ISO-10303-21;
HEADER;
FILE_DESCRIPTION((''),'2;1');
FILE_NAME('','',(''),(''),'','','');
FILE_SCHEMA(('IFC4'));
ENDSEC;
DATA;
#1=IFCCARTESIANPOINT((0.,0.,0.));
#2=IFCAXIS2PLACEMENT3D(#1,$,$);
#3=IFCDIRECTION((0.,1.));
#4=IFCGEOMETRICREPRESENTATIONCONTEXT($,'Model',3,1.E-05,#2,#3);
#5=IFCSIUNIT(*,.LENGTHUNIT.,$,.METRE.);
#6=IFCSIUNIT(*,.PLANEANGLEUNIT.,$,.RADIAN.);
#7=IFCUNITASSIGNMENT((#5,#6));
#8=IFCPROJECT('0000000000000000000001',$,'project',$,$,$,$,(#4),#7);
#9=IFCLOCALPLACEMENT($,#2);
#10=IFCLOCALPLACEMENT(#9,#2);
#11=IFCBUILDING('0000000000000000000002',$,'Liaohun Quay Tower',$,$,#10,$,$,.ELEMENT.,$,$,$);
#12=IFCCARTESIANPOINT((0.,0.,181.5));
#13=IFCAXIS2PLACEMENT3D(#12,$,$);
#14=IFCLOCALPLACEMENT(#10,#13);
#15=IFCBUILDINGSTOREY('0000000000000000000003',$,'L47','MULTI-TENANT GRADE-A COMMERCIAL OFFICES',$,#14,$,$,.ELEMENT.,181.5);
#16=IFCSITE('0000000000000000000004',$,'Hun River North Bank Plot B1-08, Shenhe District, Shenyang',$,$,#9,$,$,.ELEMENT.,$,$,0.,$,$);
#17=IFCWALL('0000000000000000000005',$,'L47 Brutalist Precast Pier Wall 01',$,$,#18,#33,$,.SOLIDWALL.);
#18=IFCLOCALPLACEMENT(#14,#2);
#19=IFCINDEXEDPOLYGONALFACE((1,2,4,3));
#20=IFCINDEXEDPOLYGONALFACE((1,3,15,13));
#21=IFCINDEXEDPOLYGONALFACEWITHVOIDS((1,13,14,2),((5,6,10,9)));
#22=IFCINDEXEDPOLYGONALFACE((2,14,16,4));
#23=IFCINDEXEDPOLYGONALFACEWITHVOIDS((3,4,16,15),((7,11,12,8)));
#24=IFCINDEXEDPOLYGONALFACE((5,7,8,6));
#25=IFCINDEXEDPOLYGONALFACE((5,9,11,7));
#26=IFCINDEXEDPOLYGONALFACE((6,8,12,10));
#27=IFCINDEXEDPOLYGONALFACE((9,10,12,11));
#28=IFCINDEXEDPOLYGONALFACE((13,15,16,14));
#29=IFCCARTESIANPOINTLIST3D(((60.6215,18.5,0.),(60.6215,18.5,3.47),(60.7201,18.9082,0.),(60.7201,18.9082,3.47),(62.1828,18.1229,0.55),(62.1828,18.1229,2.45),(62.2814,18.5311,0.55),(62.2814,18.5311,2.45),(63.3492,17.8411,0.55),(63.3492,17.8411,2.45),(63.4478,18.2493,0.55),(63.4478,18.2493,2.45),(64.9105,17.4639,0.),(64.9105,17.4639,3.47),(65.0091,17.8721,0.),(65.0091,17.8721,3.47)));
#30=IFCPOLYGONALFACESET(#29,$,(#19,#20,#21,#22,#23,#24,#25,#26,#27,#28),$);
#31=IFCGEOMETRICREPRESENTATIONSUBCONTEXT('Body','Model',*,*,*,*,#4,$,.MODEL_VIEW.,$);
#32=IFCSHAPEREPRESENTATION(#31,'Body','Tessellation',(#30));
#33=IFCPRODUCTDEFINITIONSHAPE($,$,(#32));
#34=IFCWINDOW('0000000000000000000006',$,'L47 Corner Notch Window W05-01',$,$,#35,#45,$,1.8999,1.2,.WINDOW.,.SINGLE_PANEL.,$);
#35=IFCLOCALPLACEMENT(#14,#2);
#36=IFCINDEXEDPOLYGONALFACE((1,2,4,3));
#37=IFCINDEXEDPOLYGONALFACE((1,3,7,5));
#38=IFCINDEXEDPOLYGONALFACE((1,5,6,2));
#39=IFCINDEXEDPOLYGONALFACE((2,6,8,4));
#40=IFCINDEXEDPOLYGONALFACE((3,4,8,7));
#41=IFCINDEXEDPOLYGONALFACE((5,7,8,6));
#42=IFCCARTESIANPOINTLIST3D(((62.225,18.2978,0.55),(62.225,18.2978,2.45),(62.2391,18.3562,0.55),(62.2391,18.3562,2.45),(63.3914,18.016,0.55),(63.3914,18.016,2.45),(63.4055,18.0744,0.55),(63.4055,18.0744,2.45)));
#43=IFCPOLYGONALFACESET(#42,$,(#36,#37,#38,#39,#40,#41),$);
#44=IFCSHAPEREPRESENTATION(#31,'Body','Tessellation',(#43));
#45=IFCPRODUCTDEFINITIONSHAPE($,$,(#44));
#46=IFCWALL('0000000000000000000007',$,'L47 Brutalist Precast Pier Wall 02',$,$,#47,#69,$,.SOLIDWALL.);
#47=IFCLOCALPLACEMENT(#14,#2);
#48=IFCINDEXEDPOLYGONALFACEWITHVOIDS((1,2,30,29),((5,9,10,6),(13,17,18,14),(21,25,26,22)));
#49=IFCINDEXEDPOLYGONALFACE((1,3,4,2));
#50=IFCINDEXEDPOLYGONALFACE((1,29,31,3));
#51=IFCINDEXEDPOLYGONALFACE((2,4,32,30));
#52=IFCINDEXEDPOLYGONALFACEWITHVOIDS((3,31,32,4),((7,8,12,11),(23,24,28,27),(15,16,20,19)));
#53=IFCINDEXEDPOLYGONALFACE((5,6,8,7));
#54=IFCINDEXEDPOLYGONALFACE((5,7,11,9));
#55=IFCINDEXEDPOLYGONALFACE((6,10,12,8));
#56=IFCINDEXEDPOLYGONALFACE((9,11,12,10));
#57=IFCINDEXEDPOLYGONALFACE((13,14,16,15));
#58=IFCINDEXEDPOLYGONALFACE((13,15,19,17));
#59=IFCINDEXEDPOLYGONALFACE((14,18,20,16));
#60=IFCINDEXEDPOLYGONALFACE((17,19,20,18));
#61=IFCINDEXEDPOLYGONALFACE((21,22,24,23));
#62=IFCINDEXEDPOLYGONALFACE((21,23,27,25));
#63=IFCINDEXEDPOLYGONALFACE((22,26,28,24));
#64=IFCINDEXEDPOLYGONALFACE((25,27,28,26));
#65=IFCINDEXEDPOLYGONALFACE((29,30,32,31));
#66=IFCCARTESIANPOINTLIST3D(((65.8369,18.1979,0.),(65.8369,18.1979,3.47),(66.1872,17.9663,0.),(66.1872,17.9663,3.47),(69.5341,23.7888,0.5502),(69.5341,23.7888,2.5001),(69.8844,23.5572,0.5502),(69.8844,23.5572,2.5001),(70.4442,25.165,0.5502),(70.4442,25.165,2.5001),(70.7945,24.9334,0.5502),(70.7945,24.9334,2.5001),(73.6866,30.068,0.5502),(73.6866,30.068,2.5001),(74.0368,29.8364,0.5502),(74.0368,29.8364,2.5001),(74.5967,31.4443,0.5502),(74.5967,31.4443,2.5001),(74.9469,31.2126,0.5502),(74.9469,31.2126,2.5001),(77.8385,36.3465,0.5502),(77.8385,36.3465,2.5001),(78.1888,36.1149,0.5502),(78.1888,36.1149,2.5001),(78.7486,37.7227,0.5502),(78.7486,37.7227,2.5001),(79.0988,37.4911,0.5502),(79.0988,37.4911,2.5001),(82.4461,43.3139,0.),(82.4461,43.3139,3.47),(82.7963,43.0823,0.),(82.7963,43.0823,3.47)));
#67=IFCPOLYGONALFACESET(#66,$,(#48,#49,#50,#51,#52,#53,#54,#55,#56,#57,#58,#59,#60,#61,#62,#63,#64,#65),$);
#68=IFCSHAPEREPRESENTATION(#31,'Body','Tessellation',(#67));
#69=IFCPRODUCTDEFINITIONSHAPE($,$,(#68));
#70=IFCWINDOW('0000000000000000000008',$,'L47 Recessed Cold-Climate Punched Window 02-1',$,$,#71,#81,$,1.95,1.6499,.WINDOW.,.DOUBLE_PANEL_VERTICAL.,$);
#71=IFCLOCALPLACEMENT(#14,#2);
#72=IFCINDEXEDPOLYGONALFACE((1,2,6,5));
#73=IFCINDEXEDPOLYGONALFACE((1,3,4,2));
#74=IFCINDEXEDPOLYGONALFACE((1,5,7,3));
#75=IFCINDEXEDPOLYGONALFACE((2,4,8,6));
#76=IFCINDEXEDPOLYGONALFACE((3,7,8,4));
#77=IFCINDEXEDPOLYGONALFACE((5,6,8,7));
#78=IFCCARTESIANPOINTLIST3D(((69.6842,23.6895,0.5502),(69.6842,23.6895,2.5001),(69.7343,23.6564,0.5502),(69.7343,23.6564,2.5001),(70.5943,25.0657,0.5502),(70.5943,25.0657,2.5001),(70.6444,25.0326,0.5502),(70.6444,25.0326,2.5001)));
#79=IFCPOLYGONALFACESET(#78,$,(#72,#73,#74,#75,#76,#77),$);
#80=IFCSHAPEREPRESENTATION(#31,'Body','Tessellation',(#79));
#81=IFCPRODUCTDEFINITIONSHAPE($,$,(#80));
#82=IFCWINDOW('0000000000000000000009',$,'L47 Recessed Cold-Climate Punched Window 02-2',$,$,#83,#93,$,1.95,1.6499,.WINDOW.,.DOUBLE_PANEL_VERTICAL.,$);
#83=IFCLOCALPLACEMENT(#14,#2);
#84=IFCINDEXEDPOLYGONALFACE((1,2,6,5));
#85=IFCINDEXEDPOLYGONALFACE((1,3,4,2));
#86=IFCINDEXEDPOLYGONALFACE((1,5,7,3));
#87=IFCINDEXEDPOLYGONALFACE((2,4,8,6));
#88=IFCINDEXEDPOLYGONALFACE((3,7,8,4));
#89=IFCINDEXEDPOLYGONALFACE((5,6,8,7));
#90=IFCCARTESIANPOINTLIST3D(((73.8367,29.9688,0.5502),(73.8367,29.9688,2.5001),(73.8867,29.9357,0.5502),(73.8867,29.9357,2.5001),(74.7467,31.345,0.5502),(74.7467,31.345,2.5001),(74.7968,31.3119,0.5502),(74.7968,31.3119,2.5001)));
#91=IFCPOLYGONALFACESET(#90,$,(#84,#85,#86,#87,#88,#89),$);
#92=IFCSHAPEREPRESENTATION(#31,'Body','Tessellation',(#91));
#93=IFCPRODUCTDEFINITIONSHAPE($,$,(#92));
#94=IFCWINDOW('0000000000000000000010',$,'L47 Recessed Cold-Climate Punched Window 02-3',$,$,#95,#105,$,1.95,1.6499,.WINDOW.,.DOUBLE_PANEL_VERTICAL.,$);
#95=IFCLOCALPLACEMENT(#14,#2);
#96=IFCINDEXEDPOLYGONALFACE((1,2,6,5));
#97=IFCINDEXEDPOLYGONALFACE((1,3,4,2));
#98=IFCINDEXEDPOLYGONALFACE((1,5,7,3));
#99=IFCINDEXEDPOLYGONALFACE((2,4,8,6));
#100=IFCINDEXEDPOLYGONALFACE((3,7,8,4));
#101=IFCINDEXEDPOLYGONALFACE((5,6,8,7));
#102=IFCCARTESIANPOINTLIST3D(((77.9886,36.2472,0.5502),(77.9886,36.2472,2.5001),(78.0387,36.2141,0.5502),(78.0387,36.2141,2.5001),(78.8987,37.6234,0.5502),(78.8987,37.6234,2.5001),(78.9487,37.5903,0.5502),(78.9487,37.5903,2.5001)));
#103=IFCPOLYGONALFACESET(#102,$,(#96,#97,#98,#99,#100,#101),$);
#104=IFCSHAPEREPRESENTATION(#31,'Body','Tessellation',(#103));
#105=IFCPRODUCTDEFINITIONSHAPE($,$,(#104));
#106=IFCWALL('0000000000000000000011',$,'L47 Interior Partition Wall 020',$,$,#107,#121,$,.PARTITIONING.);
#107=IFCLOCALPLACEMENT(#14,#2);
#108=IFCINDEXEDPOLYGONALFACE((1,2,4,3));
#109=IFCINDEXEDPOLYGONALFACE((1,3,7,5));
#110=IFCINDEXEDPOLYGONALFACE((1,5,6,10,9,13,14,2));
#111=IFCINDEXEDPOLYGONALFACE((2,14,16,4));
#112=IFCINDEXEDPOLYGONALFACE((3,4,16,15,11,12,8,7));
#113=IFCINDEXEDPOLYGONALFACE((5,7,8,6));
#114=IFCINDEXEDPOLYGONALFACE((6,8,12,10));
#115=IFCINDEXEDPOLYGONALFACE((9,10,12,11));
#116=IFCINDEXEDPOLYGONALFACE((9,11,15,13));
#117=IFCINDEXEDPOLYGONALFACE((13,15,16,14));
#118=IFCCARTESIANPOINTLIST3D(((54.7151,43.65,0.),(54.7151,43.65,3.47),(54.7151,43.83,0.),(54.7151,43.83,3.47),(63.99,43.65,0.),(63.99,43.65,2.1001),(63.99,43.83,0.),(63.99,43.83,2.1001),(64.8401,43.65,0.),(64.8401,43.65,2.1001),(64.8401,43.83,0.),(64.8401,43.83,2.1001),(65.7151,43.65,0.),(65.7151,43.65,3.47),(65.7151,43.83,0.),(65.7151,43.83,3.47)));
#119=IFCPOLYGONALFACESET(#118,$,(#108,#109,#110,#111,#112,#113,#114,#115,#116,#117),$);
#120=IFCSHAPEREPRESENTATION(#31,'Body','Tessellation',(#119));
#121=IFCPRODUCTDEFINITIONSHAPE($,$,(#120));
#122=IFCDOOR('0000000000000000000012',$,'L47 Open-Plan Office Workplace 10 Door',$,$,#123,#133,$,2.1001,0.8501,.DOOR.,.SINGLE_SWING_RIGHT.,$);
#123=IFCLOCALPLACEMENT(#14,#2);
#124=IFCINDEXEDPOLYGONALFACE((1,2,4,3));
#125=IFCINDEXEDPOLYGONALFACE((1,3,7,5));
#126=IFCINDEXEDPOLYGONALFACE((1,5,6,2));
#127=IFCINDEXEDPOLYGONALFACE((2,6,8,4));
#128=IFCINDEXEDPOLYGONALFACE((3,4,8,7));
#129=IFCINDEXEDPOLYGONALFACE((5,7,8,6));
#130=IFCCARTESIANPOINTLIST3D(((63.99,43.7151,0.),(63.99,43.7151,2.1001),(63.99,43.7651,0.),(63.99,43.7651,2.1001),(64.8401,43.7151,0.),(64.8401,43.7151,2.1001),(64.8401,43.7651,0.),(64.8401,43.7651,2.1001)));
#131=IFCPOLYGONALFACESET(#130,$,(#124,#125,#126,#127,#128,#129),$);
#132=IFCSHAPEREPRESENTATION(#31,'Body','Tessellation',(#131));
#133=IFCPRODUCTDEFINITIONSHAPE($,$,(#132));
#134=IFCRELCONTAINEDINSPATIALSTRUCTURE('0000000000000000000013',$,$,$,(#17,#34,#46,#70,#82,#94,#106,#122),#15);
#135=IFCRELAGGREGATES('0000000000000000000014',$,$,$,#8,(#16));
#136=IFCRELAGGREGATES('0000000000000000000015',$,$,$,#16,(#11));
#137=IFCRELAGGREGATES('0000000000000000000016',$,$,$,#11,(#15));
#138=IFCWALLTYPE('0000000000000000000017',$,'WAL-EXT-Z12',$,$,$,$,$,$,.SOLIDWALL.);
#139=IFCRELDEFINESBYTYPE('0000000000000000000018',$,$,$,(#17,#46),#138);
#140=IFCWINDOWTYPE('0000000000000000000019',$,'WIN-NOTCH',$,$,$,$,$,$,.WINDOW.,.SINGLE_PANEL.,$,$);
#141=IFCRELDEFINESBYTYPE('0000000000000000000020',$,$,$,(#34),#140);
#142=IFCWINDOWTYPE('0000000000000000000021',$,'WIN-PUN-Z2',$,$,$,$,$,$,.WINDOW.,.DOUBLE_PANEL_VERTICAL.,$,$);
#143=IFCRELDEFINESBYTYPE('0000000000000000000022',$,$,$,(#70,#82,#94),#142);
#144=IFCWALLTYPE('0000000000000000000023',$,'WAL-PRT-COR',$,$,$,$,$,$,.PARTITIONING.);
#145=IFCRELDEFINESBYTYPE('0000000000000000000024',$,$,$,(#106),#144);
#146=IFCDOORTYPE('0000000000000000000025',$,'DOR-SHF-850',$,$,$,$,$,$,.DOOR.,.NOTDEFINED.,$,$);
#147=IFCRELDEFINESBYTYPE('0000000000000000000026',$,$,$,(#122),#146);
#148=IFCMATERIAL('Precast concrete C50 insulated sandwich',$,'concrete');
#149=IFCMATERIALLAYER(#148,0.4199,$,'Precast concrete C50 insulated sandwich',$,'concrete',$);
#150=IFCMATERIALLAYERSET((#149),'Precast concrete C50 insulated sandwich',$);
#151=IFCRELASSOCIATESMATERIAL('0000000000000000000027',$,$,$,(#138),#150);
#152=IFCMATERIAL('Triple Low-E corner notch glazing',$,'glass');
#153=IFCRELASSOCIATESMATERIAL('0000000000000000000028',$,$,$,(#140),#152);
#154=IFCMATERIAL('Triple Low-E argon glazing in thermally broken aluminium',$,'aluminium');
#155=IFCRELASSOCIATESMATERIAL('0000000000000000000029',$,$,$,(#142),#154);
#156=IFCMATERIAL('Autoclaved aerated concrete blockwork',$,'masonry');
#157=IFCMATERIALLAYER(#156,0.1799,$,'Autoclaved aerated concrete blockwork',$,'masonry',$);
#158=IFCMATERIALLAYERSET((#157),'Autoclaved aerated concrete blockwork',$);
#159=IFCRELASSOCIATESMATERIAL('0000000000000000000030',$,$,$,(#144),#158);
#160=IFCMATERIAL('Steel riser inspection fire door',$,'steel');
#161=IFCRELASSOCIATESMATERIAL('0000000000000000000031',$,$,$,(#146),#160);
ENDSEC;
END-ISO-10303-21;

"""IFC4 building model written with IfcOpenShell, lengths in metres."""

from ifc_helpers import new_model, si_unit, direction, frame, frame_2d, origin, place, context, subcontext, project, spatial, rectangle, extrude, source, transform, mapped, material, layer, layer_set, type_object, element, fill, save


model = new_model("IFC4")

# Units and contexts
model_context = context("Model", 3, precision=1e-05, world=origin(), true_north=direction((0.0, 1.0)))
body_context = subcontext(model_context, "Body", "Model", "MODEL_VIEW")
ifc_project = project(units=[si_unit("LENGTHUNIT", "METRE"), si_unit("PLANEANGLEUNIT", "RADIAN")], contexts=[model_context])

# Site, building, storey
site_placement = place(None, origin())
site = spatial("IfcSite", under=ifc_project, at=site_placement, Name="Hun River North Bank Plot B1-08, Shenhe District, Shenyang", CompositionType="ELEMENT", RefElevation=0.0)
building_placement = place(site_placement, origin())
building = spatial("IfcBuilding", under=site, at=building_placement, Name="Liaohun Quay Tower", CompositionType="ELEMENT")
storey_placement = place(building_placement, frame((0.0, 0.0, 181.5)))
storey = spatial("IfcBuildingStorey", under=building, at=storey_placement, Name="L47", Description="MULTI-TENANT GRADE-A COMMERCIAL OFFICES", CompositionType="ELEMENT", Elevation=181.5)

# Wall, opening, window
ifc_material_1 = material(Name="Precast concrete C50 insulated sandwich", Category="concrete")
ifc_layer_1 = layer(ifc_material_1, 0.4199, Name="Precast concrete C50 insulated sandwich", Category="concrete")
ifc_layer_set_1 = layer_set([ifc_layer_1], Name="Precast concrete C50 insulated sandwich")
wall_type_1 = type_object("IfcWallType", Name="WAL-EXT-Z12", PredefinedType="SOLIDWALL", material=ifc_layer_set_1)
wall_1_placement = place(storey_placement, frame((60.6709, 18.7041, 0.0), z_axis=(0.0, 0.0, 1.0), x_axis=(0.972039, -0.234821, 0.0)))
wall_1 = element("IfcWall", 1, at=wall_1_placement, inside=storey, type_object=wall_type_1, Name="L47 Brutalist Precast Pier Wall 01", PredefinedType="SOLIDWALL", context=body_context, shape_type="SweptSolid", body=[
    extrude(rectangle(XDim=4.4124, YDim=0.4199, at=frame_2d((2.2061, 0.0))), origin(), (0.0, 0.0, 1.0), 3.47),
])
shared_shape_1 = source(origin(), body_context, "Body", "SweptSolid", [
    extrude(rectangle(XDim=1.2, YDim=1.8999, at=frame_2d((0.6001, 0.95))), frame((0.0, 0.22, 0.0), z_axis=(0.0, -1.0, 0.0), x_axis=(1.0, 0.0, 0.0)), (0.0, 0.0, 1.0), 0.4399),
])
opening_1_placement = place(wall_1_placement, frame((1.606, 0.0, 0.55)))
opening_1 = element("IfcOpeningElement", 2, at=opening_1_placement, cuts=wall_1, PredefinedType="OPENING", context=body_context, shape_type="MappedRepresentation", body=[
    mapped(shared_shape_1, transform((0.0, 0.0, 0.0), x_axis=(1.0, 0.0, 0.0), y_axis=(0.0, 1.0, 0.0), z_axis=(0.0, 0.0, 1.0), scale=1.0)),
])
ifc_material_2 = material(Name="Triple Low-E corner notch glazing", Category="glass")
window_type_1 = type_object("IfcWindowType", Name="WIN-NOTCH", PartitioningType="SINGLE_PANEL", PredefinedType="WINDOW", material=ifc_material_2)
shared_shape_2 = source(origin(), body_context, "Body", "SweptSolid", [
    extrude(rectangle(XDim=1.2, YDim=1.8999, at=frame_2d((0.6001, 0.95))), frame((0.0, 0.03, 0.0), z_axis=(0.0, -1.0, 0.0), x_axis=(1.0, 0.0, 0.0)), (0.0, 0.0, 1.0), 0.0601),
])
window_1_placement = place(opening_1_placement, origin())
window_1 = element("IfcWindow", 3, at=window_1_placement, inside=storey, type_object=window_type_1, Name="L47 Corner Notch Window W05-01", OverallHeight=1.8999, OverallWidth=1.2, PartitioningType="SINGLE_PANEL", PredefinedType="WINDOW", context=body_context, shape_type="MappedRepresentation", body=[
    mapped(shared_shape_2, transform((0.0, 0.0, 0.0), x_axis=(1.0, 0.0, 0.0), y_axis=(0.0, 1.0, 0.0), z_axis=(0.0, 0.0, 1.0), scale=1.0)),
])
fill(opening_1, window_1)

# Wall, openings, windows
wall_2_placement = place(storey_placement, frame((66.012, 18.082, 0.0), z_axis=(0.0, 0.0, 1.0), x_axis=(0.551596, 0.834111, 0.0)))
wall_2 = element("IfcWall", 4, at=wall_2_placement, inside=storey, type_object=wall_type_1, Name="L47 Brutalist Precast Pier Wall 02", PredefinedType="SOLIDWALL", context=body_context, shape_type="SweptSolid", body=[
    extrude(rectangle(XDim=30.1111, YDim=0.4199, at=frame_2d((15.0557, 0.0))), origin(), (0.0, 0.0, 1.0), 3.47),
])
shared_shape_3 = source(origin(), body_context, "Body", "SweptSolid", [
    extrude(rectangle(XDim=1.6499, YDim=1.95, at=frame_2d((0.825, 0.9751))), frame((0.0, 0.22, 0.0), z_axis=(0.0, -1.0, 0.0), x_axis=(1.0, 0.0, 0.0)), (0.0, 0.0, 1.0), 0.4399),
])
opening_2_placement = place(wall_2_placement, frame((6.7029, 0.0, 0.55)))
opening_2 = element("IfcOpeningElement", 5, at=opening_2_placement, cuts=wall_2, PredefinedType="OPENING", context=body_context, shape_type="MappedRepresentation", body=[
    mapped(shared_shape_3, transform((0.0, 0.0, 0.0), x_axis=(1.0, 0.0, 0.0), y_axis=(0.0, 1.0, 0.0), z_axis=(0.0, 0.0, 1.0), scale=1.0)),
])
opening_3_placement = place(wall_2_placement, frame((14.231, 0.0, 0.55)))
opening_3 = element("IfcOpeningElement", 6, at=opening_3_placement, cuts=wall_2, PredefinedType="OPENING", context=body_context, shape_type="MappedRepresentation", body=[
    mapped(shared_shape_3, transform((0.0, 0.0, 0.0), x_axis=(1.0, 0.0, 0.0), y_axis=(0.0, 1.0, 0.0), z_axis=(0.0, 0.0, 1.0), scale=1.0)),
])
opening_4_placement = place(wall_2_placement, frame((21.7581, 0.0, 0.55)))
opening_4 = element("IfcOpeningElement", 7, at=opening_4_placement, cuts=wall_2, PredefinedType="OPENING", context=body_context, shape_type="MappedRepresentation", body=[
    mapped(shared_shape_3, transform((0.0, 0.0, 0.0), x_axis=(1.0, 0.0, 0.0), y_axis=(0.0, 1.0, 0.0), z_axis=(0.0, 0.0, 1.0), scale=1.0)),
])
ifc_material_3 = material(Name="Triple Low-E argon glazing in thermally broken aluminium", Category="aluminium")
window_type_2 = type_object("IfcWindowType", Name="WIN-PUN-Z2", PartitioningType="DOUBLE_PANEL_VERTICAL", PredefinedType="WINDOW", material=ifc_material_3)
shared_shape_4 = source(origin(), body_context, "Body", "SweptSolid", [
    extrude(rectangle(XDim=1.6499, YDim=1.95, at=frame_2d((0.825, 0.9751))), frame((0.0, 0.03, 0.0), z_axis=(0.0, -1.0, 0.0), x_axis=(1.0, 0.0, 0.0)), (0.0, 0.0, 1.0), 0.0601),
])
window_2_placement = place(opening_2_placement, origin())
window_2 = element("IfcWindow", 8, at=window_2_placement, inside=storey, type_object=window_type_2, Name="L47 Recessed Cold-Climate Punched Window 02-1", OverallHeight=1.95, OverallWidth=1.6499, PartitioningType="DOUBLE_PANEL_VERTICAL", PredefinedType="WINDOW", context=body_context, shape_type="MappedRepresentation", body=[
    mapped(shared_shape_4, transform((0.0, 0.0, 0.0), x_axis=(1.0, 0.0, 0.0), y_axis=(0.0, 1.0, 0.0), z_axis=(0.0, 0.0, 1.0), scale=1.0)),
])
fill(opening_2, window_2)
window_3_placement = place(opening_3_placement, origin())
window_3 = element("IfcWindow", 9, at=window_3_placement, inside=storey, type_object=window_type_2, Name="L47 Recessed Cold-Climate Punched Window 02-2", OverallHeight=1.95, OverallWidth=1.6499, PartitioningType="DOUBLE_PANEL_VERTICAL", PredefinedType="WINDOW", context=body_context, shape_type="MappedRepresentation", body=[
    mapped(shared_shape_4, transform((0.0, 0.0, 0.0), x_axis=(1.0, 0.0, 0.0), y_axis=(0.0, 1.0, 0.0), z_axis=(0.0, 0.0, 1.0), scale=1.0)),
])
fill(opening_3, window_3)
window_4_placement = place(opening_4_placement, origin())
window_4 = element("IfcWindow", 10, at=window_4_placement, inside=storey, type_object=window_type_2, Name="L47 Recessed Cold-Climate Punched Window 02-3", OverallHeight=1.95, OverallWidth=1.6499, PartitioningType="DOUBLE_PANEL_VERTICAL", PredefinedType="WINDOW", context=body_context, shape_type="MappedRepresentation", body=[
    mapped(shared_shape_4, transform((0.0, 0.0, 0.0), x_axis=(1.0, 0.0, 0.0), y_axis=(0.0, 1.0, 0.0), z_axis=(0.0, 0.0, 1.0), scale=1.0)),
])
fill(opening_4, window_4)

# Wall, opening, door
ifc_material_4 = material(Name="Autoclaved aerated concrete blockwork", Category="masonry")
ifc_layer_2 = layer(ifc_material_4, 0.1799, Name="Autoclaved aerated concrete blockwork", Category="masonry")
ifc_layer_set_2 = layer_set([ifc_layer_2], Name="Autoclaved aerated concrete blockwork")
wall_type_2 = type_object("IfcWallType", Name="WAL-PRT-COR", PredefinedType="PARTITIONING", material=ifc_layer_set_2)
wall_3_placement = place(storey_placement, frame((65.7151, 43.74, 0.0), z_axis=(0.0, 0.0, 1.0), x_axis=(-1.0, 0.0, 0.0)))
wall_3 = element("IfcWall", 11, at=wall_3_placement, inside=storey, type_object=wall_type_2, Name="L47 Interior Partition Wall 020", PredefinedType="PARTITIONING", context=body_context, shape_type="SweptSolid", body=[
    extrude(rectangle(XDim=11.0, YDim=0.1799, at=frame_2d((5.5, 0.0))), origin(), (0.0, 0.0, 1.0), 3.47),
])
shared_shape_5 = source(origin(), body_context, "Body", "SweptSolid", [
    extrude(rectangle(XDim=0.8501, YDim=2.1001, at=frame_2d((0.425, 1.05))), frame((0.0, 0.0999, 0.0), z_axis=(0.0, -1.0, 0.0), x_axis=(1.0, 0.0, 0.0)), (0.0, 0.0, 1.0), 0.2),
])
opening_5_placement = place(wall_3_placement, frame((0.875, 0.0, 0.0)))
opening_5 = element("IfcOpeningElement", 12, at=opening_5_placement, cuts=wall_3, PredefinedType="OPENING", context=body_context, shape_type="MappedRepresentation", body=[
    mapped(shared_shape_5, transform((0.0, 0.0, 0.0), x_axis=(1.0, 0.0, 0.0), y_axis=(0.0, 1.0, 0.0), z_axis=(0.0, 0.0, 1.0), scale=1.0)),
])
ifc_material_5 = material(Name="Steel riser inspection fire door", Category="steel")
door_type_1 = type_object("IfcDoorType", Name="DOR-SHF-850", OperationType="NOTDEFINED", PredefinedType="DOOR", material=ifc_material_5)
shared_shape_6 = source(origin(), body_context, "Body", "SweptSolid", [
    extrude(rectangle(XDim=0.8501, YDim=2.1001, at=frame_2d((0.425, 1.05))), frame((0.0, 0.0249, 0.0), z_axis=(0.0, -1.0, 0.0), x_axis=(1.0, 0.0, 0.0)), (0.0, 0.0, 1.0), 0.05),
])
door_1_placement = place(opening_5_placement, origin())
door_1 = element("IfcDoor", 13, at=door_1_placement, inside=storey, type_object=door_type_1, Name="L47 Open-Plan Office Workplace 10 Door", OperationType="SINGLE_SWING_RIGHT", OverallHeight=2.1001, OverallWidth=0.8501, PredefinedType="DOOR", context=body_context, shape_type="MappedRepresentation", body=[
    mapped(shared_shape_6, transform((0.0, 0.0, 0.0), x_axis=(1.0, 0.0, 0.0), y_axis=(0.0, 1.0, 0.0), z_axis=(0.0, 0.0, 1.0), scale=1.0)),
])
fill(opening_5, door_1)

save(model, "model.ifc")
